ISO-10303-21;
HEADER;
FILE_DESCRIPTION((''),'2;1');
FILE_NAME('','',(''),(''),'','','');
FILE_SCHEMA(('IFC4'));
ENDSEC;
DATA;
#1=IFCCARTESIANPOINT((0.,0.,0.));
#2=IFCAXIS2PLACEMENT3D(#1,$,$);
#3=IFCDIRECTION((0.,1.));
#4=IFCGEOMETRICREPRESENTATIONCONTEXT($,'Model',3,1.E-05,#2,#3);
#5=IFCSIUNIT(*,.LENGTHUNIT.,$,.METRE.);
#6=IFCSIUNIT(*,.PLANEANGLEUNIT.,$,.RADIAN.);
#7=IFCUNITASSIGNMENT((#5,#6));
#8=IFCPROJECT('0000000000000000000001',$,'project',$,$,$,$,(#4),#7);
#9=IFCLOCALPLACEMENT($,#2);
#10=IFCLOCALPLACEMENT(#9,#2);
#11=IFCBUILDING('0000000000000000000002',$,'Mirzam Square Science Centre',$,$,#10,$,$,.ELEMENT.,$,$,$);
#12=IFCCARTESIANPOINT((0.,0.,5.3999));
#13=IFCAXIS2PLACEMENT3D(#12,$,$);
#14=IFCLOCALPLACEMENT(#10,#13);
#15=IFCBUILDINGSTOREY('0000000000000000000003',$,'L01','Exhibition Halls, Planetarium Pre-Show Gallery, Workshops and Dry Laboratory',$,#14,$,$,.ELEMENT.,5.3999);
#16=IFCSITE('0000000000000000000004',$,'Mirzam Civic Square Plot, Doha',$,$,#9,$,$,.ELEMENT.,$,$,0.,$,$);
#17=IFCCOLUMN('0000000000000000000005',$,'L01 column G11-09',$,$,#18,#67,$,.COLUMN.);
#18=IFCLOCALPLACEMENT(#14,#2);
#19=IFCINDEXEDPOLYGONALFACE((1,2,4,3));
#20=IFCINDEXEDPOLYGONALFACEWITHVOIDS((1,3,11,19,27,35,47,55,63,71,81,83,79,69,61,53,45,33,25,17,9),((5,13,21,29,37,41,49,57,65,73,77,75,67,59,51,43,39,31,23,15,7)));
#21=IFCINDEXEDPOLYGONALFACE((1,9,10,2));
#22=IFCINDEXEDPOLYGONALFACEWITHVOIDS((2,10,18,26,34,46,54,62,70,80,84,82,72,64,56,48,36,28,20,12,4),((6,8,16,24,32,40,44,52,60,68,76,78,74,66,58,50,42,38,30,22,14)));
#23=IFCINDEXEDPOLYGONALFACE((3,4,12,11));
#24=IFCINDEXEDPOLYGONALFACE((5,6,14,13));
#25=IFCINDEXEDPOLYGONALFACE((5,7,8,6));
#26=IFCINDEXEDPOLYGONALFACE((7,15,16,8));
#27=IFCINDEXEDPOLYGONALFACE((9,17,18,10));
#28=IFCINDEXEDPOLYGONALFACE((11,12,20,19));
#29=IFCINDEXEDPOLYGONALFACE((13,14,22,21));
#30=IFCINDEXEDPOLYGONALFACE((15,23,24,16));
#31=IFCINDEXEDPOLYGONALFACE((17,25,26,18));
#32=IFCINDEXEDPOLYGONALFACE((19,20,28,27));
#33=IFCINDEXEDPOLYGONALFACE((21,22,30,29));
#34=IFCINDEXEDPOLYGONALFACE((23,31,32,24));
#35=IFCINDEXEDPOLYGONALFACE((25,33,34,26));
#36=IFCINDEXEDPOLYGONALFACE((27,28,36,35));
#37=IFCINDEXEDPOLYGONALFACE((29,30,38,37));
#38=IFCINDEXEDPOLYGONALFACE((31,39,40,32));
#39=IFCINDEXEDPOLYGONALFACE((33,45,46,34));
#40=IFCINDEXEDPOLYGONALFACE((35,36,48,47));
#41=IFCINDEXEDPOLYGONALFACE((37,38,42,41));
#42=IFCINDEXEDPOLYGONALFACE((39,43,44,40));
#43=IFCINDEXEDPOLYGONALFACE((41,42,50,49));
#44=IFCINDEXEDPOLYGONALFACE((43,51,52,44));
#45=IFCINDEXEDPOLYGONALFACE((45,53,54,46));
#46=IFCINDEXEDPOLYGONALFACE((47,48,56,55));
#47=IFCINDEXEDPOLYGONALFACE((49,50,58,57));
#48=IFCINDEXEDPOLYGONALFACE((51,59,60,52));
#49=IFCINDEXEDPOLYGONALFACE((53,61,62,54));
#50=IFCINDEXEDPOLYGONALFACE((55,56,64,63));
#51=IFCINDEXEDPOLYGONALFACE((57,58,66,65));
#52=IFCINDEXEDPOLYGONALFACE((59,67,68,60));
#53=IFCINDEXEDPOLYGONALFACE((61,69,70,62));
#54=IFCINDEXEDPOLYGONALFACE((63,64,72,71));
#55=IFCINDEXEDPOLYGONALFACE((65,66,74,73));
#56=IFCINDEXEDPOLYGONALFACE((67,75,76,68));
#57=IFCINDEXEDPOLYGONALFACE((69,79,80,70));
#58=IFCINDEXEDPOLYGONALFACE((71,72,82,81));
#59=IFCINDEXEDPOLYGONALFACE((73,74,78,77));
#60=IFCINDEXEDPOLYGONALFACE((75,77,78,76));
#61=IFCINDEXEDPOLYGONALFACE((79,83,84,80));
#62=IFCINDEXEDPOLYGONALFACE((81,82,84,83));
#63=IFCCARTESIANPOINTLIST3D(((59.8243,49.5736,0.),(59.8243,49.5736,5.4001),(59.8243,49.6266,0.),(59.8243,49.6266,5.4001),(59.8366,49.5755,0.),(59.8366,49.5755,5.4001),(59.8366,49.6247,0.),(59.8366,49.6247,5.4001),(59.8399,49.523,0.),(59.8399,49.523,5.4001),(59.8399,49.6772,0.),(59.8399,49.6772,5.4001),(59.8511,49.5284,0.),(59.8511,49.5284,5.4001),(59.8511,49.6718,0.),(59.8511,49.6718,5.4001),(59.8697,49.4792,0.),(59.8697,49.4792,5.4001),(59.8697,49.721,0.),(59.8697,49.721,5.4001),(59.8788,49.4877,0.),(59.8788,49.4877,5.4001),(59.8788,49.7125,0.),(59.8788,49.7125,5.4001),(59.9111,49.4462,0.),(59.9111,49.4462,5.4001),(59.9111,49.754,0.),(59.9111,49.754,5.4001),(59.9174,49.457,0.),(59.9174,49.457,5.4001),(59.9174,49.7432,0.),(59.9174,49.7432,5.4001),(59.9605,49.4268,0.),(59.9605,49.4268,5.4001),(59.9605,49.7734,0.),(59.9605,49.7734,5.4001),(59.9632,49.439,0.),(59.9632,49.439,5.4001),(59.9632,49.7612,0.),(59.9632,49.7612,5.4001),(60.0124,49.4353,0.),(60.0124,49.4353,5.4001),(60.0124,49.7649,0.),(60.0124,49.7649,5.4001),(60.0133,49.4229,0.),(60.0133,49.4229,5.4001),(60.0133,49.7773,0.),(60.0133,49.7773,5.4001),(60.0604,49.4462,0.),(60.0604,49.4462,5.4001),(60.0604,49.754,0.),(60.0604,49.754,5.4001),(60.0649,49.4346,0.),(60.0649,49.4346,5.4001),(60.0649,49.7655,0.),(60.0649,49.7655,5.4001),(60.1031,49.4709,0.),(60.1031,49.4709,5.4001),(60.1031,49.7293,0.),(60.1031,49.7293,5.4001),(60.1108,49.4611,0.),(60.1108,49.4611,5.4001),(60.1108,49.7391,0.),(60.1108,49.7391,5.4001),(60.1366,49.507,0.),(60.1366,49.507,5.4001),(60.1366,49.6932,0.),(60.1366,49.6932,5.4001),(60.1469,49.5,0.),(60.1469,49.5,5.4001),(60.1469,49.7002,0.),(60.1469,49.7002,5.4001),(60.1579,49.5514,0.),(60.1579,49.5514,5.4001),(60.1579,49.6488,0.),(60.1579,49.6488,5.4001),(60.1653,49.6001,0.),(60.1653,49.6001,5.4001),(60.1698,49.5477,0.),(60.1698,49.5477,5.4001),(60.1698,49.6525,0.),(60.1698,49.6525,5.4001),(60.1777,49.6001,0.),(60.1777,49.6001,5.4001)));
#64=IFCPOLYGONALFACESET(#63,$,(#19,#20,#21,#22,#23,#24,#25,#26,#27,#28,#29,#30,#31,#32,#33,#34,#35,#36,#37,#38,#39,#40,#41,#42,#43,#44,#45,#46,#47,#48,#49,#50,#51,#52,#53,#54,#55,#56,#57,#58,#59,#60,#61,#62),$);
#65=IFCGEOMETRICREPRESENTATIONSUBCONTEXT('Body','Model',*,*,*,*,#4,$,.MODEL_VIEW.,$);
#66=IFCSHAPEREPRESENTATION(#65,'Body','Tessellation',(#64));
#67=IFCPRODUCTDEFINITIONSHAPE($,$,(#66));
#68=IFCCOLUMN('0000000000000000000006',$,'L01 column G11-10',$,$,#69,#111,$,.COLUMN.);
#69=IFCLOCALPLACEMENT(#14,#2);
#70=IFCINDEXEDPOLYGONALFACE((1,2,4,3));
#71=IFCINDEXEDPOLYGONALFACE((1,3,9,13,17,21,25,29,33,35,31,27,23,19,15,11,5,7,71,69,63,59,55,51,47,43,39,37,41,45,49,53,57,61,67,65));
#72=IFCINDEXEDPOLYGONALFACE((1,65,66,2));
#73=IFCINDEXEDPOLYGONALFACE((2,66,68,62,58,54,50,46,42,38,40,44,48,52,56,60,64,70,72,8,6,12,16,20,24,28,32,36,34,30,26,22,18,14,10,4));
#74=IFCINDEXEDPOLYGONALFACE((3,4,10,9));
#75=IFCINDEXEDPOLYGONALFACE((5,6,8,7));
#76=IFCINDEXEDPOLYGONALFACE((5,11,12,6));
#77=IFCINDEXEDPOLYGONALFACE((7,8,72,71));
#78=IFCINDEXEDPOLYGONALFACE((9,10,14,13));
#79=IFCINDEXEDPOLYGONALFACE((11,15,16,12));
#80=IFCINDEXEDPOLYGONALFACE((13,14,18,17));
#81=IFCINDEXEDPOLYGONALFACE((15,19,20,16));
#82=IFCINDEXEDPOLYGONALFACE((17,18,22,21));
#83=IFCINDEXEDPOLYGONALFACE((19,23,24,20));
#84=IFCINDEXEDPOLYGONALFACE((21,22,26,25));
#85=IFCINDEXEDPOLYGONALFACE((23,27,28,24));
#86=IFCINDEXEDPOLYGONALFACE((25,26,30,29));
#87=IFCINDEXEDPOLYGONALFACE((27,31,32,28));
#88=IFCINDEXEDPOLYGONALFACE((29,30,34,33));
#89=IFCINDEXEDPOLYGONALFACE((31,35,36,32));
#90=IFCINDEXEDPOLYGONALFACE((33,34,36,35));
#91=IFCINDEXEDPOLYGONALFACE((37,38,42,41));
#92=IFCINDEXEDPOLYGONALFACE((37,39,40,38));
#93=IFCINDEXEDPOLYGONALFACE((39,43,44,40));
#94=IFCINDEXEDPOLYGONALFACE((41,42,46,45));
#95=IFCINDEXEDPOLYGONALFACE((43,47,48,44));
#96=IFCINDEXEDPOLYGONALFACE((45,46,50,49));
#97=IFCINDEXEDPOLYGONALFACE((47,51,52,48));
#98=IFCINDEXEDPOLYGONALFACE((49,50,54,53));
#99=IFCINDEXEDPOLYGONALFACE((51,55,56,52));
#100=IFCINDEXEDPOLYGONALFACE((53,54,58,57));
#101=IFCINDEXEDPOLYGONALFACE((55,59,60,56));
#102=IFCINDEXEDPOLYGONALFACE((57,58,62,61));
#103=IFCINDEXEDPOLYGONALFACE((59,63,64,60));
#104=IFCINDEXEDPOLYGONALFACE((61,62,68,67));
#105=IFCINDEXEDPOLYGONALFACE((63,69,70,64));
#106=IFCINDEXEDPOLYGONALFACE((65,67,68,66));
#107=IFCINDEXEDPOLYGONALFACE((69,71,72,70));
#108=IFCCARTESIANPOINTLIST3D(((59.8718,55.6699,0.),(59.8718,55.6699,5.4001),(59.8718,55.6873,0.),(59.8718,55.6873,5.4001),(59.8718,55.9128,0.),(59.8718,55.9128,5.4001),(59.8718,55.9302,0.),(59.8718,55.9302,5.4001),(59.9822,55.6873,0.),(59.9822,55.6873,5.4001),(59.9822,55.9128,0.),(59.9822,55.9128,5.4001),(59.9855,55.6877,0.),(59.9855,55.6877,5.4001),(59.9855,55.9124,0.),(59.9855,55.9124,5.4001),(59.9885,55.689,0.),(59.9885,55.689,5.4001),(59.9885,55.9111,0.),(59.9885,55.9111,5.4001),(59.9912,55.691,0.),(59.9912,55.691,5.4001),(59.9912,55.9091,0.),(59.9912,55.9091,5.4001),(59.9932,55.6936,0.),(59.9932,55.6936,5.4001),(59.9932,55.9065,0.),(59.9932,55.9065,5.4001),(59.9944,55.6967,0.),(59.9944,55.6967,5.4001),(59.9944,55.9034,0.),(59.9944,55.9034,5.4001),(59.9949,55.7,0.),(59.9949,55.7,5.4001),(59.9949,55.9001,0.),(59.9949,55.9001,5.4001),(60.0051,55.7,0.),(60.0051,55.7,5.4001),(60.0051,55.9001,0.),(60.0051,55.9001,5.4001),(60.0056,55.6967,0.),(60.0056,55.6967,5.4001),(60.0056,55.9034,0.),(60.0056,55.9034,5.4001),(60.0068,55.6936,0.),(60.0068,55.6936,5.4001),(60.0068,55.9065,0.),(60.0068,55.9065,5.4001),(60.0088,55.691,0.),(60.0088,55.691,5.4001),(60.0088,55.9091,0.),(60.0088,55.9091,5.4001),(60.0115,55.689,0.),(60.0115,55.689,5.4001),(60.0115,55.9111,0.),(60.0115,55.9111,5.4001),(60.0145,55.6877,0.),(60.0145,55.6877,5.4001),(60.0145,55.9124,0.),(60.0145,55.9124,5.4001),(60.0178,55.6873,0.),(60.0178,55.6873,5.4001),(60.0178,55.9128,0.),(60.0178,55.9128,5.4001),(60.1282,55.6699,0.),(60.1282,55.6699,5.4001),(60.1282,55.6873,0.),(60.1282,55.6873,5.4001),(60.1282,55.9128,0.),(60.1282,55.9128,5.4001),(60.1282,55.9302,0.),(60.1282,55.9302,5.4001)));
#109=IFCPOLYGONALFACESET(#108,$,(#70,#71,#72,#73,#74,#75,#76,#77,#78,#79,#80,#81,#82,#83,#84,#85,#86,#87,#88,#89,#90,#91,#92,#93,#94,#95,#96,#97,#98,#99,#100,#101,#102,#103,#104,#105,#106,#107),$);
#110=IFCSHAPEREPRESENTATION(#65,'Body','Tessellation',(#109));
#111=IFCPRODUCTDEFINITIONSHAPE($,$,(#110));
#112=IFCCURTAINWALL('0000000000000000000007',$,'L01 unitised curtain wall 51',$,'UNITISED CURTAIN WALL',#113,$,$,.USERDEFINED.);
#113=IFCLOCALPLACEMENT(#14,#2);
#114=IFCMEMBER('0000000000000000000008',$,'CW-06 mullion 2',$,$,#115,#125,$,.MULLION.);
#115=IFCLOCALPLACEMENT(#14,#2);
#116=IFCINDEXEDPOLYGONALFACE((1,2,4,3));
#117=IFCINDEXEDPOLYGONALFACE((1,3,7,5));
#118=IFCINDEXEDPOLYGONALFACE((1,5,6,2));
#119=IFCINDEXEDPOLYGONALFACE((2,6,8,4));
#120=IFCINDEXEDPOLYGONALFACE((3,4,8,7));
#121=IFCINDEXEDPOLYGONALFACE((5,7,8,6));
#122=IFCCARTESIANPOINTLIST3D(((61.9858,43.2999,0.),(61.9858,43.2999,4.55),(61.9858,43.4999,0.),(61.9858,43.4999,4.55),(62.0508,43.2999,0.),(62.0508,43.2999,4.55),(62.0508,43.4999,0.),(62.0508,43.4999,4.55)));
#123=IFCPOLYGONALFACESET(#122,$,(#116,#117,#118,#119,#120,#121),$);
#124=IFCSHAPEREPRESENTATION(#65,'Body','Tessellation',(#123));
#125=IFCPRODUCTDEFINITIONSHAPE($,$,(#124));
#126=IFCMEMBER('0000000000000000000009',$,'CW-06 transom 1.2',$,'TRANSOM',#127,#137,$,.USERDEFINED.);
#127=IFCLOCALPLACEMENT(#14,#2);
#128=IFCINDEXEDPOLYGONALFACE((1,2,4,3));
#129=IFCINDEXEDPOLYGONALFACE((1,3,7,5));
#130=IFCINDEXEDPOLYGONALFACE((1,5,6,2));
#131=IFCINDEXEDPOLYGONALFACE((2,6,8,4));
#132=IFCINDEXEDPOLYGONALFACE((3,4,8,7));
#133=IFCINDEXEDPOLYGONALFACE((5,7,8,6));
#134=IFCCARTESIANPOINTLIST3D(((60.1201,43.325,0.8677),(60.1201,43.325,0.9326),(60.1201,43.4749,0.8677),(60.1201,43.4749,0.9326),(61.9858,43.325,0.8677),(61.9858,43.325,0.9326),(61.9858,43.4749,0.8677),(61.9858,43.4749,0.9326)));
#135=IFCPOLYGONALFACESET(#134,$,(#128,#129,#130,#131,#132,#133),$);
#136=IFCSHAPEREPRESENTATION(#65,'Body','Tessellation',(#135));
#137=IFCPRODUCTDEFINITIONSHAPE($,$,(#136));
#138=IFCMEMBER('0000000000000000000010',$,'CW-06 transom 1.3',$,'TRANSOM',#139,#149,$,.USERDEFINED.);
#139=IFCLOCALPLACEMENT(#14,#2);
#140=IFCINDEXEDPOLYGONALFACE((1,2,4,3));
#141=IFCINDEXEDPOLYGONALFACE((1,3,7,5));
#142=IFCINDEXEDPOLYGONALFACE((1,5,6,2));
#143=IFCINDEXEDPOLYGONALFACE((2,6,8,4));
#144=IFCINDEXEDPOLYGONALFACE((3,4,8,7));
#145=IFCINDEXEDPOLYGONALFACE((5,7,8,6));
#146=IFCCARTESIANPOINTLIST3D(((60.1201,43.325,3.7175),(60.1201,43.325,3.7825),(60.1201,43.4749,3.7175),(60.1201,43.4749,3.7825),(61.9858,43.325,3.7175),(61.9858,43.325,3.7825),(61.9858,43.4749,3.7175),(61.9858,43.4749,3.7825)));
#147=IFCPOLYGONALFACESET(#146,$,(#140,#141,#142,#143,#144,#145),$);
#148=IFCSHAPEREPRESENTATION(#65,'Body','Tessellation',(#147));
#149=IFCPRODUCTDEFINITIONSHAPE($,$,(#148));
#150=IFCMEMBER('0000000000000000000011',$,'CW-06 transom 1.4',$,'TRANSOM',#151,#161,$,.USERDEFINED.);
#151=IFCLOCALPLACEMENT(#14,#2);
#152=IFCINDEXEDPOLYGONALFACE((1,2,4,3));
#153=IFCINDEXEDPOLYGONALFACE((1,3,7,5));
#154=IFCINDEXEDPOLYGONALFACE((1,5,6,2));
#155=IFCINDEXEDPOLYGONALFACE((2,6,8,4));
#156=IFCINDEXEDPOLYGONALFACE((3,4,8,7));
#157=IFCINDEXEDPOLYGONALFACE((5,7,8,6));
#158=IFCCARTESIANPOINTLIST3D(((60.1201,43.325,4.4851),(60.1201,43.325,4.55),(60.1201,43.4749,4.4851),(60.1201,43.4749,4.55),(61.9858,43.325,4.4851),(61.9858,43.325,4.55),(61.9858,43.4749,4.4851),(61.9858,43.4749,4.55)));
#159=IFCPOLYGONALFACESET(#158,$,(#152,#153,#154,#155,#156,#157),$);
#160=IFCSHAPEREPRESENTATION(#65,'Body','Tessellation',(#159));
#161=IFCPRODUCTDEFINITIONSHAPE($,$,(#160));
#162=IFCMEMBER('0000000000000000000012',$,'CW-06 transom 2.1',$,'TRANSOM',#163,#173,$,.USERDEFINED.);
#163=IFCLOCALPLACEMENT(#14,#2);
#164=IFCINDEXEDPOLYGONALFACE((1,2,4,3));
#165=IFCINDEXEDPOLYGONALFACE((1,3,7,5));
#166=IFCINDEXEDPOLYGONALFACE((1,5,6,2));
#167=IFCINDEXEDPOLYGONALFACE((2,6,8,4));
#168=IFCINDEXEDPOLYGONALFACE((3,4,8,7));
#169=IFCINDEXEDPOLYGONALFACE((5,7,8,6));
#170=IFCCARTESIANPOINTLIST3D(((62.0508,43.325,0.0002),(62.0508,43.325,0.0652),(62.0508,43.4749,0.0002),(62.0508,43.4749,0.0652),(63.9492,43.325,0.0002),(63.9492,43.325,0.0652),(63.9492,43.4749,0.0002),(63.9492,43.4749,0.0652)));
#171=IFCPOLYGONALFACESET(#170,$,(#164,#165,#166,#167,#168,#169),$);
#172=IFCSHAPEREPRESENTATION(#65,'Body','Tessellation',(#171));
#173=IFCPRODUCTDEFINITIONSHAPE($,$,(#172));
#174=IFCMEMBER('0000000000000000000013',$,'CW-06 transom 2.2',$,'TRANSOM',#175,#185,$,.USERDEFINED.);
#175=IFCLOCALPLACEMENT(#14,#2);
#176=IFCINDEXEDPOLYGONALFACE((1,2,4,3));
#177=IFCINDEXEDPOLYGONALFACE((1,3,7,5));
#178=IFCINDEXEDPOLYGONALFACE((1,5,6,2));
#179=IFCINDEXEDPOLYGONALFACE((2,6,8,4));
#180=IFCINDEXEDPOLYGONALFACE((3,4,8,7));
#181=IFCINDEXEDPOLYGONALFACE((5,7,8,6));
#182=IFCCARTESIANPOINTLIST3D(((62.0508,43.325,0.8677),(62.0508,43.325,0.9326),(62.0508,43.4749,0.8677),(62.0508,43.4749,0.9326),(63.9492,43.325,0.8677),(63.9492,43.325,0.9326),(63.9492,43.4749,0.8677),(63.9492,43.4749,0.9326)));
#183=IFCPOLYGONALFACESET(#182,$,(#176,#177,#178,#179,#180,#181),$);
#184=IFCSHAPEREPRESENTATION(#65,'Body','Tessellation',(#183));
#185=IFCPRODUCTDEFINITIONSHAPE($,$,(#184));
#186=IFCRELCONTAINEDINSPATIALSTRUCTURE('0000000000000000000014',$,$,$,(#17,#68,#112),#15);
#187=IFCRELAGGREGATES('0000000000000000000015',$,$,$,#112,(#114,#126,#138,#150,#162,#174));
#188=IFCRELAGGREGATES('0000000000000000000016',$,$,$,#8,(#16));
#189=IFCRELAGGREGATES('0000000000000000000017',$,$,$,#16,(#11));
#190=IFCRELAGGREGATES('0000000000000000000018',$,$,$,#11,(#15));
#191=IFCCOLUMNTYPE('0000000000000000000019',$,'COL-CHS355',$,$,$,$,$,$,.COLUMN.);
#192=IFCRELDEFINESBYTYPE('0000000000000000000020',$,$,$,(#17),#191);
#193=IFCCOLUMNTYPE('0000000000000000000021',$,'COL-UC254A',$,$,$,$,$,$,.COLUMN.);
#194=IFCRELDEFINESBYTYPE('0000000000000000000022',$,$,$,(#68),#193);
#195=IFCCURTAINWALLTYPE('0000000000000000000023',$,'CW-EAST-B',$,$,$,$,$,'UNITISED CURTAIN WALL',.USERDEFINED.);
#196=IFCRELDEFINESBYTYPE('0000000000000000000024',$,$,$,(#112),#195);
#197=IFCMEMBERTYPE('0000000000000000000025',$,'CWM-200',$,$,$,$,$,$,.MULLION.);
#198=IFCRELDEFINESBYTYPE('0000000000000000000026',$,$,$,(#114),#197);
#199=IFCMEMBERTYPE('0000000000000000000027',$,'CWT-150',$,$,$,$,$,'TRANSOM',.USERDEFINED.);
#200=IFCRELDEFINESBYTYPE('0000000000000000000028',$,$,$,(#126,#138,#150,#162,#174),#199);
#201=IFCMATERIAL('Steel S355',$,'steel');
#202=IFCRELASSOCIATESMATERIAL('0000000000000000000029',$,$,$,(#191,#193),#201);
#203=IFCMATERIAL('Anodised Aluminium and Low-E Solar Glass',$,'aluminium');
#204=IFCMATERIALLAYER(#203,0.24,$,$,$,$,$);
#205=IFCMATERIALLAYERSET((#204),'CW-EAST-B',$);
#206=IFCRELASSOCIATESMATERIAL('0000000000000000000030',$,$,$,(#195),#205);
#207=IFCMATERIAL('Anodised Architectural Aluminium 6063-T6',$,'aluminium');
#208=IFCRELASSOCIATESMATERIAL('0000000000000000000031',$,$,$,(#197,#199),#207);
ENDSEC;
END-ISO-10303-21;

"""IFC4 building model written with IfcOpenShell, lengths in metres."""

from ifc_helpers import new_model, si_unit, direction, frame, origin, origin_2d, place, context, subcontext, project, spatial, rectangle, hollow_circle, i_section, extrude, material, layer, layer_set, material_profile, profile_set, type_object, element, aggregate, save


model = new_model("IFC4")

# Units and contexts
model_context = context("Model", 3, precision=1e-05, world=origin(), true_north=direction((0.0, 1.0)))
body_context = subcontext(model_context, "Body", "Model", "MODEL_VIEW")
ifc_project = project(units=[si_unit("LENGTHUNIT", "METRE"), si_unit("PLANEANGLEUNIT", "RADIAN")], contexts=[model_context])

# Site, building, storey
site_placement = place(None, origin())
site = spatial("IfcSite", under=ifc_project, at=site_placement, Name="Mirzam Civic Square Plot, Doha", CompositionType="ELEMENT", RefElevation=0.0)
building_placement = place(site_placement, origin())
building = spatial("IfcBuilding", under=site, at=building_placement, Name="Mirzam Square Science Centre", CompositionType="ELEMENT")
storey_placement = place(building_placement, frame((0.0, 0.0, 5.3999)))
storey = spatial("IfcBuildingStorey", under=building, at=storey_placement, Name="L01", Description="Exhibition Halls, Planetarium Pre-Show Gallery, Workshops and Dry Laboratory", CompositionType="ELEMENT", Elevation=5.3999)

# Columns
ifc_material_1 = material(Name="Steel S355", Category="steel")
ifc_material_profile_1 = material_profile(ifc_material_1, hollow_circle(Radius=0.1777, WallThickness=0.0125, at=origin_2d()), Name="355.6x12.5CHS")
ifc_profile_set_1 = profile_set([ifc_material_profile_1], Name="Steel S355")
column_type_1 = type_object("IfcColumnType", Name="COL-CHS355", PredefinedType="COLUMN", material=ifc_profile_set_1)
column_1_placement = place(storey_placement, frame((60.0, 49.6001, 0.0), z_axis=(0.0, 0.0, 1.0), x_axis=(1.0, 0.0, 0.0)))
element("IfcColumn", 1, at=column_1_placement, inside=storey, type_object=column_type_1, Name="L01 column G11-09", PredefinedType="COLUMN", context=body_context, shape_type="SweptSolid", body=[
    extrude(hollow_circle(Radius=0.1777, WallThickness=0.0125, at=origin_2d()), origin(), (0.0, 0.0, 1.0), 5.4001),
])
ifc_material_profile_2 = material_profile(ifc_material_1, i_section(OverallWidth=0.2563, OverallDepth=0.2603, WebThickness=0.0103, FlangeThickness=0.0173, FilletRadius=0.0127, at=origin_2d()), Name="254x254x89UC")
ifc_profile_set_2 = profile_set([ifc_material_profile_2], Name="Steel S355")
column_type_2 = type_object("IfcColumnType", Name="COL-UC254A", PredefinedType="COLUMN", material=ifc_profile_set_2)
column_2_placement = place(storey_placement, frame((60.0, 55.8, 0.0), z_axis=(0.0, 0.0, 1.0), x_axis=(1.0, 0.0, 0.0)))
element("IfcColumn", 2, at=column_2_placement, inside=storey, type_object=column_type_2, Name="L01 column G11-10", PredefinedType="COLUMN", context=body_context, shape_type="SweptSolid", body=[
    extrude(i_section(OverallWidth=0.2563, OverallDepth=0.2603, WebThickness=0.0103, FlangeThickness=0.0173, FilletRadius=0.0127, at=origin_2d()), origin(), (0.0, 0.0, 1.0), 5.4001),
])

# Curtain wall, members
ifc_material_2 = material(Name="Anodised Aluminium and Low-E Solar Glass", Category="aluminium")
ifc_layer_1 = layer(ifc_material_2, 0.24)
ifc_layer_set_1 = layer_set([ifc_layer_1], Name="CW-EAST-B")
curtain_wall_type = type_object("IfcCurtainWallType", Name="CW-EAST-B", ElementType="UNITISED CURTAIN WALL", PredefinedType="USERDEFINED", material=ifc_layer_set_1)
curtain_wall_placement = place(storey_placement, origin())
curtain_wall = element("IfcCurtainWall", 3, at=curtain_wall_placement, inside=storey, type_object=curtain_wall_type, Name="L01 unitised curtain wall 51", ObjectType="UNITISED CURTAIN WALL", PredefinedType="USERDEFINED")
ifc_material_3 = material(Name="Anodised Architectural Aluminium 6063-T6", Category="aluminium")
ifc_material_profile_3 = material_profile(ifc_material_3, rectangle(XDim=0.0649, YDim=0.2, at=origin_2d()), Name="ALU-MULL-200x65x5")
ifc_profile_set_3 = profile_set([ifc_material_profile_3], Name="Anodised Architectural Aluminium 6063-T6")
member_type_1 = type_object("IfcMemberType", Name="CWM-200", PredefinedType="MULLION", material=ifc_profile_set_3)
member_1_placement = place(storey_placement, frame((62.0183, 43.3999, 0.0), z_axis=(0.0, 0.0, 1.0), x_axis=(1.0, 0.0, 0.0)))
member_1 = element("IfcMember", 4, at=member_1_placement, type_object=member_type_1, Name="CW-06 mullion 2", PredefinedType="MULLION", context=body_context, shape_type="SweptSolid", body=[
    extrude(rectangle(XDim=0.0649, YDim=0.2, at=origin_2d()), origin(), (0.0, 0.0, 1.0), 4.55),
])
ifc_material_profile_4 = material_profile(ifc_material_3, rectangle(XDim=0.1499, YDim=0.0649, at=origin_2d()), Name="ALU-TRAN-150x65x4")
ifc_profile_set_4 = profile_set([ifc_material_profile_4], Name="Anodised Architectural Aluminium 6063-T6")
member_type_2 = type_object("IfcMemberType", Name="CWT-150", ElementType="TRANSOM", PredefinedType="USERDEFINED", material=ifc_profile_set_4)
member_2_placement = place(storey_placement, frame((60.1201, 43.3999, 0.9001), z_axis=(1.0, 0.0, 0.0), x_axis=(0.0, 1.0, 0.0)))
member_2 = element("IfcMember", 5, at=member_2_placement, type_object=member_type_2, Name="CW-06 transom 1.2", ObjectType="TRANSOM", PredefinedType="USERDEFINED", context=body_context, shape_type="SweptSolid", body=[
    extrude(rectangle(XDim=0.1499, YDim=0.0649, at=origin_2d()), origin(), (0.0, 0.0, 1.0), 1.8657),
])
member_3_placement = place(storey_placement, frame((60.1201, 43.3999, 3.75), z_axis=(1.0, 0.0, 0.0), x_axis=(0.0, 1.0, 0.0)))
member_3 = element("IfcMember", 6, at=member_3_placement, type_object=member_type_2, Name="CW-06 transom 1.3", ObjectType="TRANSOM", PredefinedType="USERDEFINED", context=body_context, shape_type="SweptSolid", body=[
    extrude(rectangle(XDim=0.1499, YDim=0.0649, at=origin_2d()), origin(), (0.0, 0.0, 1.0), 1.8657),
])
member_4_placement = place(storey_placement, frame((60.1201, 43.3999, 4.5176), z_axis=(1.0, 0.0, 0.0), x_axis=(0.0, 1.0, 0.0)))
member_4 = element("IfcMember", 7, at=member_4_placement, type_object=member_type_2, Name="CW-06 transom 1.4", ObjectType="TRANSOM", PredefinedType="USERDEFINED", context=body_context, shape_type="SweptSolid", body=[
    extrude(rectangle(XDim=0.1499, YDim=0.0649, at=origin_2d()), origin(), (0.0, 0.0, 1.0), 1.8657),
])
member_5_placement = place(storey_placement, frame((62.0508, 43.3999, 0.0327), z_axis=(1.0, 0.0, 0.0), x_axis=(0.0, 1.0, 0.0)))
member_5 = element("IfcMember", 8, at=member_5_placement, type_object=member_type_2, Name="CW-06 transom 2.1", ObjectType="TRANSOM", PredefinedType="USERDEFINED", context=body_context, shape_type="SweptSolid", body=[
    extrude(rectangle(XDim=0.1499, YDim=0.0649, at=origin_2d()), origin(), (0.0, 0.0, 1.0), 1.8984),
])
member_6_placement = place(storey_placement, frame((62.0508, 43.3999, 0.9001), z_axis=(1.0, 0.0, 0.0), x_axis=(0.0, 1.0, 0.0)))
member_6 = element("IfcMember", 9, at=member_6_placement, type_object=member_type_2, Name="CW-06 transom 2.2", ObjectType="TRANSOM", PredefinedType="USERDEFINED", context=body_context, shape_type="SweptSolid", body=[
    extrude(rectangle(XDim=0.1499, YDim=0.0649, at=origin_2d()), origin(), (0.0, 0.0, 1.0), 1.8984),
])

aggregate(curtain_wall, [member_1, member_2, member_3, member_4, member_5, member_6])

save(model, "model.ifc")
